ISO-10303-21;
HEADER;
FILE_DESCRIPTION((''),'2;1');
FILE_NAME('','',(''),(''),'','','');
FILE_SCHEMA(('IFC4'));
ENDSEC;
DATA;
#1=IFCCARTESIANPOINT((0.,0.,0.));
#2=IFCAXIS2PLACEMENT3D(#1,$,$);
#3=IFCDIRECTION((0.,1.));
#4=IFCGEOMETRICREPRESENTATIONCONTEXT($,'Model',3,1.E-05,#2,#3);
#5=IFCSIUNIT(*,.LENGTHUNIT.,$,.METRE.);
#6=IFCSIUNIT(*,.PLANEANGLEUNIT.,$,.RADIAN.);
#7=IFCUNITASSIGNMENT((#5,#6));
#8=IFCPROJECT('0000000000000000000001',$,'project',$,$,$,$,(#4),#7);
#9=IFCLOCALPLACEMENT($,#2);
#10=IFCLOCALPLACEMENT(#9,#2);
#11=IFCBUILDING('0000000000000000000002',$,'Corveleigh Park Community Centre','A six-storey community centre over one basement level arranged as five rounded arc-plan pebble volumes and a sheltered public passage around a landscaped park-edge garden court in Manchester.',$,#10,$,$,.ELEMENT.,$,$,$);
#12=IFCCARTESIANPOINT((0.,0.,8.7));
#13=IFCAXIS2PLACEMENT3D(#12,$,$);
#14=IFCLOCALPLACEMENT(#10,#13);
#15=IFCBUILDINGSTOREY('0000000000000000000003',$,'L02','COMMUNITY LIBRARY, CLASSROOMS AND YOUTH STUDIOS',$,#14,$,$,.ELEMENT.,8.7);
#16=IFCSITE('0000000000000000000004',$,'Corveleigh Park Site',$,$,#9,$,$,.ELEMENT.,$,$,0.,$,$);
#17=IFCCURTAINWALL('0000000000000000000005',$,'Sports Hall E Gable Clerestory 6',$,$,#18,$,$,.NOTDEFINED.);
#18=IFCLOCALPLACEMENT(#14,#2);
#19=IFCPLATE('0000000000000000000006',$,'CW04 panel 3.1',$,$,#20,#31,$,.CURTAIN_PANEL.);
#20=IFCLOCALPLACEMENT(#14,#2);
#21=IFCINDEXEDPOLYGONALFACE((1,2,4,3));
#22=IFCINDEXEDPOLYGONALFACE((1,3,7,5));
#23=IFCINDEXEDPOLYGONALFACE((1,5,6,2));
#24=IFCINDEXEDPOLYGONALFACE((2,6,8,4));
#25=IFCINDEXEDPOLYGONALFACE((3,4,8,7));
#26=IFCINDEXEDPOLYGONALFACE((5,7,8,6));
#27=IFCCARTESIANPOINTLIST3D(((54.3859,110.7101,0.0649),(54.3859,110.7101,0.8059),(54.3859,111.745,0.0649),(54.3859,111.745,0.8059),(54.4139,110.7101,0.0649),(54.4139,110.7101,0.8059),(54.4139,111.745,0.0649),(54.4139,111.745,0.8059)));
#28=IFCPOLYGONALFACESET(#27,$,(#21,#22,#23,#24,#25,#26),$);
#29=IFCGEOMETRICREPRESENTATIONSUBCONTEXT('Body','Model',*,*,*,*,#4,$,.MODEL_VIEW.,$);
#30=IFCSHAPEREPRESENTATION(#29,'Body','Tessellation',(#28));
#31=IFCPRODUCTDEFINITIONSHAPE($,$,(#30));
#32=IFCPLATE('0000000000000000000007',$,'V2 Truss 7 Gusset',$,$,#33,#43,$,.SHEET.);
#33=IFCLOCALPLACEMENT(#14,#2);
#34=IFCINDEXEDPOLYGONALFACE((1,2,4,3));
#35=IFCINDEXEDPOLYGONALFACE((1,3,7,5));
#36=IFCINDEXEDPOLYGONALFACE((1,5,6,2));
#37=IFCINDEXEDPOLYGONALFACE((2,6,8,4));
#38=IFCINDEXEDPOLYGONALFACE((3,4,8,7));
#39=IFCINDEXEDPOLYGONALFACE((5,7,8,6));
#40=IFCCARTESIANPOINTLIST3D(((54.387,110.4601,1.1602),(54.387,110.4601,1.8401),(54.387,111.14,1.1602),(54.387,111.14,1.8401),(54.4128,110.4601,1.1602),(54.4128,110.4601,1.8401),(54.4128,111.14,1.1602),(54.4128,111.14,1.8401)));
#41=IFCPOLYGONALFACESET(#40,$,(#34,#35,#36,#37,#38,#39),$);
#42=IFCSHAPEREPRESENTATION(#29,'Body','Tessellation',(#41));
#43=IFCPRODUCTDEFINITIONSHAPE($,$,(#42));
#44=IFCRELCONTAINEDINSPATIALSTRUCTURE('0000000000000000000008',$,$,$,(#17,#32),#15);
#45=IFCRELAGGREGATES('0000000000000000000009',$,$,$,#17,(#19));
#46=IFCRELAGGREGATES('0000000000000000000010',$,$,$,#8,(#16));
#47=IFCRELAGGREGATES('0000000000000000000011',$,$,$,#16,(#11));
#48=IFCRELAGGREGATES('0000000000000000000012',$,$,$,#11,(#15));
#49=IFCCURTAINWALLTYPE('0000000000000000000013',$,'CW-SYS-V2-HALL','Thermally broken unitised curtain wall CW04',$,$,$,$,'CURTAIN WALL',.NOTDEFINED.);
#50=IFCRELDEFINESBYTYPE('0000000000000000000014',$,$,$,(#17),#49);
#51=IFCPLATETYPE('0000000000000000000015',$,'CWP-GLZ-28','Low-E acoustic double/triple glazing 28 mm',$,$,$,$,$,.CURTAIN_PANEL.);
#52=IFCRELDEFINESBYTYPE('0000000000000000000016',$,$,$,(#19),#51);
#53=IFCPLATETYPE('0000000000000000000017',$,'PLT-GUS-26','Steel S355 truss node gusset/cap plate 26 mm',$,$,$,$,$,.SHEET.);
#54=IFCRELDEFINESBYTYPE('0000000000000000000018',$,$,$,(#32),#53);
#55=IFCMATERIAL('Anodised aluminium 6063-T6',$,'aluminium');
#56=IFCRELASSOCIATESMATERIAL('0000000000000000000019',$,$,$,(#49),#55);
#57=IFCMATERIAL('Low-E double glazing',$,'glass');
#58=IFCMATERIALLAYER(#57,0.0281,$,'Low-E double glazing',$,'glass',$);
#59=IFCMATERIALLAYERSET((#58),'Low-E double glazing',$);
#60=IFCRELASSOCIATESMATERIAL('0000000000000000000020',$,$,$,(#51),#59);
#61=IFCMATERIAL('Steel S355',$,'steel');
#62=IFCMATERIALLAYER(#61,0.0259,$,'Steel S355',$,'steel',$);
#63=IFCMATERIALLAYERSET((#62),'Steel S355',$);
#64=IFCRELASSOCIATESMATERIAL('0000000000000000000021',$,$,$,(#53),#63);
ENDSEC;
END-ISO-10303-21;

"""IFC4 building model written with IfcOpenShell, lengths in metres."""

from ifc_helpers import new_model, si_unit, direction, frame, origin, origin_2d, place, context, subcontext, project, spatial, rectangle, extrude, material, layer, layer_set, type_object, element, aggregate, save


model = new_model("IFC4")

# Units and contexts
model_context = context("Model", 3, precision=1e-05, world=origin(), true_north=direction((0.0, 1.0)))
body_context = subcontext(model_context, "Body", "Model", "MODEL_VIEW")
ifc_project = project(units=[si_unit("LENGTHUNIT", "METRE"), si_unit("PLANEANGLEUNIT", "RADIAN")], contexts=[model_context])

# Site, building, storey
site_placement = place(None, origin())
site = spatial("IfcSite", under=ifc_project, at=site_placement, Name="Corveleigh Park Site", CompositionType="ELEMENT", RefElevation=0.0)
building_placement = place(site_placement, origin())
building = spatial("IfcBuilding", under=site, at=building_placement, Name="Corveleigh Park Community Centre", Description="A six-storey community centre over one basement level arranged as five rounded arc-plan pebble volumes and a sheltered public passage around a landscaped park-edge garden court in Manchester.", CompositionType="ELEMENT")
storey_placement = place(building_placement, frame((0.0, 0.0, 8.7)))
storey = spatial("IfcBuildingStorey", under=building, at=storey_placement, Name="L02", Description="COMMUNITY LIBRARY, CLASSROOMS AND YOUTH STUDIOS", CompositionType="ELEMENT", Elevation=8.7)

# Shared definitions
ifc_material_1 = material(Name="Steel S355", Category="steel")

# Curtain wall
ifc_material_2 = material(Name="Anodised aluminium 6063-T6", Category="aluminium")
curtain_wall_type = type_object("IfcCurtainWallType", Name="CW-SYS-V2-HALL", Description="Thermally broken unitised curtain wall CW04", ElementType="CURTAIN WALL", PredefinedType="NOTDEFINED", material=ifc_material_2)
curtain_wall_1_placement = place(storey_placement, origin())
curtain_wall_1 = element("IfcCurtainWall", 1, at=curtain_wall_1_placement, inside=storey, type_object=curtain_wall_type, Name="Sports Hall E Gable Clerestory 6", PredefinedType="NOTDEFINED")

# Plates
ifc_material_3 = material(Name="Low-E double glazing", Category="glass")
ifc_layer_1 = layer(ifc_material_3, 0.0281, Name="Low-E double glazing", Category="glass")
ifc_layer_set_1 = layer_set([ifc_layer_1], Name="Low-E double glazing")
plate_type_1 = type_object("IfcPlateType", Name="CWP-GLZ-28", Description="Low-E acoustic double/triple glazing 28 mm", PredefinedType="CURTAIN_PANEL", material=ifc_layer_set_1)
plate_1_placement = place(storey_placement, frame((54.3999, 111.2275, 0.0649), z_axis=(0.0, 0.0, 1.0), x_axis=(0.0, -1.0, 0.0)))
plate_1 = element("IfcPlate", 2, at=plate_1_placement, type_object=plate_type_1, Name="CW04 panel 3.1", PredefinedType="CURTAIN_PANEL", context=body_context, shape_type="SweptSolid", body=[
    extrude(rectangle(XDim=1.0349, YDim=0.0281, at=origin_2d()), origin(), (0.0, 0.0, 1.0), 0.741),
])
aggregate(curtain_wall_1, [plate_1])
ifc_layer_2 = layer(ifc_material_1, 0.0259, Name="Steel S355", Category="steel")
ifc_layer_set_2 = layer_set([ifc_layer_2], Name="Steel S355")
plate_type_2 = type_object("IfcPlateType", Name="PLT-GUS-26", Description="Steel S355 truss node gusset/cap plate 26 mm", PredefinedType="SHEET", material=ifc_layer_set_2)
plate_2_placement = place(storey_placement, frame((54.3999, 110.8, 1.1602), z_axis=(0.0, 0.0, 1.0), x_axis=(0.0, 1.0, 0.0)))
element("IfcPlate", 3, at=plate_2_placement, inside=storey, type_object=plate_type_2, Name="V2 Truss 7 Gusset", PredefinedType="SHEET", context=body_context, shape_type="SweptSolid", body=[
    extrude(rectangle(XDim=0.6799, YDim=0.0259, at=origin_2d()), origin(), (0.0, 0.0, 1.0), 0.6799),
])

save(model, "model.ifc")
